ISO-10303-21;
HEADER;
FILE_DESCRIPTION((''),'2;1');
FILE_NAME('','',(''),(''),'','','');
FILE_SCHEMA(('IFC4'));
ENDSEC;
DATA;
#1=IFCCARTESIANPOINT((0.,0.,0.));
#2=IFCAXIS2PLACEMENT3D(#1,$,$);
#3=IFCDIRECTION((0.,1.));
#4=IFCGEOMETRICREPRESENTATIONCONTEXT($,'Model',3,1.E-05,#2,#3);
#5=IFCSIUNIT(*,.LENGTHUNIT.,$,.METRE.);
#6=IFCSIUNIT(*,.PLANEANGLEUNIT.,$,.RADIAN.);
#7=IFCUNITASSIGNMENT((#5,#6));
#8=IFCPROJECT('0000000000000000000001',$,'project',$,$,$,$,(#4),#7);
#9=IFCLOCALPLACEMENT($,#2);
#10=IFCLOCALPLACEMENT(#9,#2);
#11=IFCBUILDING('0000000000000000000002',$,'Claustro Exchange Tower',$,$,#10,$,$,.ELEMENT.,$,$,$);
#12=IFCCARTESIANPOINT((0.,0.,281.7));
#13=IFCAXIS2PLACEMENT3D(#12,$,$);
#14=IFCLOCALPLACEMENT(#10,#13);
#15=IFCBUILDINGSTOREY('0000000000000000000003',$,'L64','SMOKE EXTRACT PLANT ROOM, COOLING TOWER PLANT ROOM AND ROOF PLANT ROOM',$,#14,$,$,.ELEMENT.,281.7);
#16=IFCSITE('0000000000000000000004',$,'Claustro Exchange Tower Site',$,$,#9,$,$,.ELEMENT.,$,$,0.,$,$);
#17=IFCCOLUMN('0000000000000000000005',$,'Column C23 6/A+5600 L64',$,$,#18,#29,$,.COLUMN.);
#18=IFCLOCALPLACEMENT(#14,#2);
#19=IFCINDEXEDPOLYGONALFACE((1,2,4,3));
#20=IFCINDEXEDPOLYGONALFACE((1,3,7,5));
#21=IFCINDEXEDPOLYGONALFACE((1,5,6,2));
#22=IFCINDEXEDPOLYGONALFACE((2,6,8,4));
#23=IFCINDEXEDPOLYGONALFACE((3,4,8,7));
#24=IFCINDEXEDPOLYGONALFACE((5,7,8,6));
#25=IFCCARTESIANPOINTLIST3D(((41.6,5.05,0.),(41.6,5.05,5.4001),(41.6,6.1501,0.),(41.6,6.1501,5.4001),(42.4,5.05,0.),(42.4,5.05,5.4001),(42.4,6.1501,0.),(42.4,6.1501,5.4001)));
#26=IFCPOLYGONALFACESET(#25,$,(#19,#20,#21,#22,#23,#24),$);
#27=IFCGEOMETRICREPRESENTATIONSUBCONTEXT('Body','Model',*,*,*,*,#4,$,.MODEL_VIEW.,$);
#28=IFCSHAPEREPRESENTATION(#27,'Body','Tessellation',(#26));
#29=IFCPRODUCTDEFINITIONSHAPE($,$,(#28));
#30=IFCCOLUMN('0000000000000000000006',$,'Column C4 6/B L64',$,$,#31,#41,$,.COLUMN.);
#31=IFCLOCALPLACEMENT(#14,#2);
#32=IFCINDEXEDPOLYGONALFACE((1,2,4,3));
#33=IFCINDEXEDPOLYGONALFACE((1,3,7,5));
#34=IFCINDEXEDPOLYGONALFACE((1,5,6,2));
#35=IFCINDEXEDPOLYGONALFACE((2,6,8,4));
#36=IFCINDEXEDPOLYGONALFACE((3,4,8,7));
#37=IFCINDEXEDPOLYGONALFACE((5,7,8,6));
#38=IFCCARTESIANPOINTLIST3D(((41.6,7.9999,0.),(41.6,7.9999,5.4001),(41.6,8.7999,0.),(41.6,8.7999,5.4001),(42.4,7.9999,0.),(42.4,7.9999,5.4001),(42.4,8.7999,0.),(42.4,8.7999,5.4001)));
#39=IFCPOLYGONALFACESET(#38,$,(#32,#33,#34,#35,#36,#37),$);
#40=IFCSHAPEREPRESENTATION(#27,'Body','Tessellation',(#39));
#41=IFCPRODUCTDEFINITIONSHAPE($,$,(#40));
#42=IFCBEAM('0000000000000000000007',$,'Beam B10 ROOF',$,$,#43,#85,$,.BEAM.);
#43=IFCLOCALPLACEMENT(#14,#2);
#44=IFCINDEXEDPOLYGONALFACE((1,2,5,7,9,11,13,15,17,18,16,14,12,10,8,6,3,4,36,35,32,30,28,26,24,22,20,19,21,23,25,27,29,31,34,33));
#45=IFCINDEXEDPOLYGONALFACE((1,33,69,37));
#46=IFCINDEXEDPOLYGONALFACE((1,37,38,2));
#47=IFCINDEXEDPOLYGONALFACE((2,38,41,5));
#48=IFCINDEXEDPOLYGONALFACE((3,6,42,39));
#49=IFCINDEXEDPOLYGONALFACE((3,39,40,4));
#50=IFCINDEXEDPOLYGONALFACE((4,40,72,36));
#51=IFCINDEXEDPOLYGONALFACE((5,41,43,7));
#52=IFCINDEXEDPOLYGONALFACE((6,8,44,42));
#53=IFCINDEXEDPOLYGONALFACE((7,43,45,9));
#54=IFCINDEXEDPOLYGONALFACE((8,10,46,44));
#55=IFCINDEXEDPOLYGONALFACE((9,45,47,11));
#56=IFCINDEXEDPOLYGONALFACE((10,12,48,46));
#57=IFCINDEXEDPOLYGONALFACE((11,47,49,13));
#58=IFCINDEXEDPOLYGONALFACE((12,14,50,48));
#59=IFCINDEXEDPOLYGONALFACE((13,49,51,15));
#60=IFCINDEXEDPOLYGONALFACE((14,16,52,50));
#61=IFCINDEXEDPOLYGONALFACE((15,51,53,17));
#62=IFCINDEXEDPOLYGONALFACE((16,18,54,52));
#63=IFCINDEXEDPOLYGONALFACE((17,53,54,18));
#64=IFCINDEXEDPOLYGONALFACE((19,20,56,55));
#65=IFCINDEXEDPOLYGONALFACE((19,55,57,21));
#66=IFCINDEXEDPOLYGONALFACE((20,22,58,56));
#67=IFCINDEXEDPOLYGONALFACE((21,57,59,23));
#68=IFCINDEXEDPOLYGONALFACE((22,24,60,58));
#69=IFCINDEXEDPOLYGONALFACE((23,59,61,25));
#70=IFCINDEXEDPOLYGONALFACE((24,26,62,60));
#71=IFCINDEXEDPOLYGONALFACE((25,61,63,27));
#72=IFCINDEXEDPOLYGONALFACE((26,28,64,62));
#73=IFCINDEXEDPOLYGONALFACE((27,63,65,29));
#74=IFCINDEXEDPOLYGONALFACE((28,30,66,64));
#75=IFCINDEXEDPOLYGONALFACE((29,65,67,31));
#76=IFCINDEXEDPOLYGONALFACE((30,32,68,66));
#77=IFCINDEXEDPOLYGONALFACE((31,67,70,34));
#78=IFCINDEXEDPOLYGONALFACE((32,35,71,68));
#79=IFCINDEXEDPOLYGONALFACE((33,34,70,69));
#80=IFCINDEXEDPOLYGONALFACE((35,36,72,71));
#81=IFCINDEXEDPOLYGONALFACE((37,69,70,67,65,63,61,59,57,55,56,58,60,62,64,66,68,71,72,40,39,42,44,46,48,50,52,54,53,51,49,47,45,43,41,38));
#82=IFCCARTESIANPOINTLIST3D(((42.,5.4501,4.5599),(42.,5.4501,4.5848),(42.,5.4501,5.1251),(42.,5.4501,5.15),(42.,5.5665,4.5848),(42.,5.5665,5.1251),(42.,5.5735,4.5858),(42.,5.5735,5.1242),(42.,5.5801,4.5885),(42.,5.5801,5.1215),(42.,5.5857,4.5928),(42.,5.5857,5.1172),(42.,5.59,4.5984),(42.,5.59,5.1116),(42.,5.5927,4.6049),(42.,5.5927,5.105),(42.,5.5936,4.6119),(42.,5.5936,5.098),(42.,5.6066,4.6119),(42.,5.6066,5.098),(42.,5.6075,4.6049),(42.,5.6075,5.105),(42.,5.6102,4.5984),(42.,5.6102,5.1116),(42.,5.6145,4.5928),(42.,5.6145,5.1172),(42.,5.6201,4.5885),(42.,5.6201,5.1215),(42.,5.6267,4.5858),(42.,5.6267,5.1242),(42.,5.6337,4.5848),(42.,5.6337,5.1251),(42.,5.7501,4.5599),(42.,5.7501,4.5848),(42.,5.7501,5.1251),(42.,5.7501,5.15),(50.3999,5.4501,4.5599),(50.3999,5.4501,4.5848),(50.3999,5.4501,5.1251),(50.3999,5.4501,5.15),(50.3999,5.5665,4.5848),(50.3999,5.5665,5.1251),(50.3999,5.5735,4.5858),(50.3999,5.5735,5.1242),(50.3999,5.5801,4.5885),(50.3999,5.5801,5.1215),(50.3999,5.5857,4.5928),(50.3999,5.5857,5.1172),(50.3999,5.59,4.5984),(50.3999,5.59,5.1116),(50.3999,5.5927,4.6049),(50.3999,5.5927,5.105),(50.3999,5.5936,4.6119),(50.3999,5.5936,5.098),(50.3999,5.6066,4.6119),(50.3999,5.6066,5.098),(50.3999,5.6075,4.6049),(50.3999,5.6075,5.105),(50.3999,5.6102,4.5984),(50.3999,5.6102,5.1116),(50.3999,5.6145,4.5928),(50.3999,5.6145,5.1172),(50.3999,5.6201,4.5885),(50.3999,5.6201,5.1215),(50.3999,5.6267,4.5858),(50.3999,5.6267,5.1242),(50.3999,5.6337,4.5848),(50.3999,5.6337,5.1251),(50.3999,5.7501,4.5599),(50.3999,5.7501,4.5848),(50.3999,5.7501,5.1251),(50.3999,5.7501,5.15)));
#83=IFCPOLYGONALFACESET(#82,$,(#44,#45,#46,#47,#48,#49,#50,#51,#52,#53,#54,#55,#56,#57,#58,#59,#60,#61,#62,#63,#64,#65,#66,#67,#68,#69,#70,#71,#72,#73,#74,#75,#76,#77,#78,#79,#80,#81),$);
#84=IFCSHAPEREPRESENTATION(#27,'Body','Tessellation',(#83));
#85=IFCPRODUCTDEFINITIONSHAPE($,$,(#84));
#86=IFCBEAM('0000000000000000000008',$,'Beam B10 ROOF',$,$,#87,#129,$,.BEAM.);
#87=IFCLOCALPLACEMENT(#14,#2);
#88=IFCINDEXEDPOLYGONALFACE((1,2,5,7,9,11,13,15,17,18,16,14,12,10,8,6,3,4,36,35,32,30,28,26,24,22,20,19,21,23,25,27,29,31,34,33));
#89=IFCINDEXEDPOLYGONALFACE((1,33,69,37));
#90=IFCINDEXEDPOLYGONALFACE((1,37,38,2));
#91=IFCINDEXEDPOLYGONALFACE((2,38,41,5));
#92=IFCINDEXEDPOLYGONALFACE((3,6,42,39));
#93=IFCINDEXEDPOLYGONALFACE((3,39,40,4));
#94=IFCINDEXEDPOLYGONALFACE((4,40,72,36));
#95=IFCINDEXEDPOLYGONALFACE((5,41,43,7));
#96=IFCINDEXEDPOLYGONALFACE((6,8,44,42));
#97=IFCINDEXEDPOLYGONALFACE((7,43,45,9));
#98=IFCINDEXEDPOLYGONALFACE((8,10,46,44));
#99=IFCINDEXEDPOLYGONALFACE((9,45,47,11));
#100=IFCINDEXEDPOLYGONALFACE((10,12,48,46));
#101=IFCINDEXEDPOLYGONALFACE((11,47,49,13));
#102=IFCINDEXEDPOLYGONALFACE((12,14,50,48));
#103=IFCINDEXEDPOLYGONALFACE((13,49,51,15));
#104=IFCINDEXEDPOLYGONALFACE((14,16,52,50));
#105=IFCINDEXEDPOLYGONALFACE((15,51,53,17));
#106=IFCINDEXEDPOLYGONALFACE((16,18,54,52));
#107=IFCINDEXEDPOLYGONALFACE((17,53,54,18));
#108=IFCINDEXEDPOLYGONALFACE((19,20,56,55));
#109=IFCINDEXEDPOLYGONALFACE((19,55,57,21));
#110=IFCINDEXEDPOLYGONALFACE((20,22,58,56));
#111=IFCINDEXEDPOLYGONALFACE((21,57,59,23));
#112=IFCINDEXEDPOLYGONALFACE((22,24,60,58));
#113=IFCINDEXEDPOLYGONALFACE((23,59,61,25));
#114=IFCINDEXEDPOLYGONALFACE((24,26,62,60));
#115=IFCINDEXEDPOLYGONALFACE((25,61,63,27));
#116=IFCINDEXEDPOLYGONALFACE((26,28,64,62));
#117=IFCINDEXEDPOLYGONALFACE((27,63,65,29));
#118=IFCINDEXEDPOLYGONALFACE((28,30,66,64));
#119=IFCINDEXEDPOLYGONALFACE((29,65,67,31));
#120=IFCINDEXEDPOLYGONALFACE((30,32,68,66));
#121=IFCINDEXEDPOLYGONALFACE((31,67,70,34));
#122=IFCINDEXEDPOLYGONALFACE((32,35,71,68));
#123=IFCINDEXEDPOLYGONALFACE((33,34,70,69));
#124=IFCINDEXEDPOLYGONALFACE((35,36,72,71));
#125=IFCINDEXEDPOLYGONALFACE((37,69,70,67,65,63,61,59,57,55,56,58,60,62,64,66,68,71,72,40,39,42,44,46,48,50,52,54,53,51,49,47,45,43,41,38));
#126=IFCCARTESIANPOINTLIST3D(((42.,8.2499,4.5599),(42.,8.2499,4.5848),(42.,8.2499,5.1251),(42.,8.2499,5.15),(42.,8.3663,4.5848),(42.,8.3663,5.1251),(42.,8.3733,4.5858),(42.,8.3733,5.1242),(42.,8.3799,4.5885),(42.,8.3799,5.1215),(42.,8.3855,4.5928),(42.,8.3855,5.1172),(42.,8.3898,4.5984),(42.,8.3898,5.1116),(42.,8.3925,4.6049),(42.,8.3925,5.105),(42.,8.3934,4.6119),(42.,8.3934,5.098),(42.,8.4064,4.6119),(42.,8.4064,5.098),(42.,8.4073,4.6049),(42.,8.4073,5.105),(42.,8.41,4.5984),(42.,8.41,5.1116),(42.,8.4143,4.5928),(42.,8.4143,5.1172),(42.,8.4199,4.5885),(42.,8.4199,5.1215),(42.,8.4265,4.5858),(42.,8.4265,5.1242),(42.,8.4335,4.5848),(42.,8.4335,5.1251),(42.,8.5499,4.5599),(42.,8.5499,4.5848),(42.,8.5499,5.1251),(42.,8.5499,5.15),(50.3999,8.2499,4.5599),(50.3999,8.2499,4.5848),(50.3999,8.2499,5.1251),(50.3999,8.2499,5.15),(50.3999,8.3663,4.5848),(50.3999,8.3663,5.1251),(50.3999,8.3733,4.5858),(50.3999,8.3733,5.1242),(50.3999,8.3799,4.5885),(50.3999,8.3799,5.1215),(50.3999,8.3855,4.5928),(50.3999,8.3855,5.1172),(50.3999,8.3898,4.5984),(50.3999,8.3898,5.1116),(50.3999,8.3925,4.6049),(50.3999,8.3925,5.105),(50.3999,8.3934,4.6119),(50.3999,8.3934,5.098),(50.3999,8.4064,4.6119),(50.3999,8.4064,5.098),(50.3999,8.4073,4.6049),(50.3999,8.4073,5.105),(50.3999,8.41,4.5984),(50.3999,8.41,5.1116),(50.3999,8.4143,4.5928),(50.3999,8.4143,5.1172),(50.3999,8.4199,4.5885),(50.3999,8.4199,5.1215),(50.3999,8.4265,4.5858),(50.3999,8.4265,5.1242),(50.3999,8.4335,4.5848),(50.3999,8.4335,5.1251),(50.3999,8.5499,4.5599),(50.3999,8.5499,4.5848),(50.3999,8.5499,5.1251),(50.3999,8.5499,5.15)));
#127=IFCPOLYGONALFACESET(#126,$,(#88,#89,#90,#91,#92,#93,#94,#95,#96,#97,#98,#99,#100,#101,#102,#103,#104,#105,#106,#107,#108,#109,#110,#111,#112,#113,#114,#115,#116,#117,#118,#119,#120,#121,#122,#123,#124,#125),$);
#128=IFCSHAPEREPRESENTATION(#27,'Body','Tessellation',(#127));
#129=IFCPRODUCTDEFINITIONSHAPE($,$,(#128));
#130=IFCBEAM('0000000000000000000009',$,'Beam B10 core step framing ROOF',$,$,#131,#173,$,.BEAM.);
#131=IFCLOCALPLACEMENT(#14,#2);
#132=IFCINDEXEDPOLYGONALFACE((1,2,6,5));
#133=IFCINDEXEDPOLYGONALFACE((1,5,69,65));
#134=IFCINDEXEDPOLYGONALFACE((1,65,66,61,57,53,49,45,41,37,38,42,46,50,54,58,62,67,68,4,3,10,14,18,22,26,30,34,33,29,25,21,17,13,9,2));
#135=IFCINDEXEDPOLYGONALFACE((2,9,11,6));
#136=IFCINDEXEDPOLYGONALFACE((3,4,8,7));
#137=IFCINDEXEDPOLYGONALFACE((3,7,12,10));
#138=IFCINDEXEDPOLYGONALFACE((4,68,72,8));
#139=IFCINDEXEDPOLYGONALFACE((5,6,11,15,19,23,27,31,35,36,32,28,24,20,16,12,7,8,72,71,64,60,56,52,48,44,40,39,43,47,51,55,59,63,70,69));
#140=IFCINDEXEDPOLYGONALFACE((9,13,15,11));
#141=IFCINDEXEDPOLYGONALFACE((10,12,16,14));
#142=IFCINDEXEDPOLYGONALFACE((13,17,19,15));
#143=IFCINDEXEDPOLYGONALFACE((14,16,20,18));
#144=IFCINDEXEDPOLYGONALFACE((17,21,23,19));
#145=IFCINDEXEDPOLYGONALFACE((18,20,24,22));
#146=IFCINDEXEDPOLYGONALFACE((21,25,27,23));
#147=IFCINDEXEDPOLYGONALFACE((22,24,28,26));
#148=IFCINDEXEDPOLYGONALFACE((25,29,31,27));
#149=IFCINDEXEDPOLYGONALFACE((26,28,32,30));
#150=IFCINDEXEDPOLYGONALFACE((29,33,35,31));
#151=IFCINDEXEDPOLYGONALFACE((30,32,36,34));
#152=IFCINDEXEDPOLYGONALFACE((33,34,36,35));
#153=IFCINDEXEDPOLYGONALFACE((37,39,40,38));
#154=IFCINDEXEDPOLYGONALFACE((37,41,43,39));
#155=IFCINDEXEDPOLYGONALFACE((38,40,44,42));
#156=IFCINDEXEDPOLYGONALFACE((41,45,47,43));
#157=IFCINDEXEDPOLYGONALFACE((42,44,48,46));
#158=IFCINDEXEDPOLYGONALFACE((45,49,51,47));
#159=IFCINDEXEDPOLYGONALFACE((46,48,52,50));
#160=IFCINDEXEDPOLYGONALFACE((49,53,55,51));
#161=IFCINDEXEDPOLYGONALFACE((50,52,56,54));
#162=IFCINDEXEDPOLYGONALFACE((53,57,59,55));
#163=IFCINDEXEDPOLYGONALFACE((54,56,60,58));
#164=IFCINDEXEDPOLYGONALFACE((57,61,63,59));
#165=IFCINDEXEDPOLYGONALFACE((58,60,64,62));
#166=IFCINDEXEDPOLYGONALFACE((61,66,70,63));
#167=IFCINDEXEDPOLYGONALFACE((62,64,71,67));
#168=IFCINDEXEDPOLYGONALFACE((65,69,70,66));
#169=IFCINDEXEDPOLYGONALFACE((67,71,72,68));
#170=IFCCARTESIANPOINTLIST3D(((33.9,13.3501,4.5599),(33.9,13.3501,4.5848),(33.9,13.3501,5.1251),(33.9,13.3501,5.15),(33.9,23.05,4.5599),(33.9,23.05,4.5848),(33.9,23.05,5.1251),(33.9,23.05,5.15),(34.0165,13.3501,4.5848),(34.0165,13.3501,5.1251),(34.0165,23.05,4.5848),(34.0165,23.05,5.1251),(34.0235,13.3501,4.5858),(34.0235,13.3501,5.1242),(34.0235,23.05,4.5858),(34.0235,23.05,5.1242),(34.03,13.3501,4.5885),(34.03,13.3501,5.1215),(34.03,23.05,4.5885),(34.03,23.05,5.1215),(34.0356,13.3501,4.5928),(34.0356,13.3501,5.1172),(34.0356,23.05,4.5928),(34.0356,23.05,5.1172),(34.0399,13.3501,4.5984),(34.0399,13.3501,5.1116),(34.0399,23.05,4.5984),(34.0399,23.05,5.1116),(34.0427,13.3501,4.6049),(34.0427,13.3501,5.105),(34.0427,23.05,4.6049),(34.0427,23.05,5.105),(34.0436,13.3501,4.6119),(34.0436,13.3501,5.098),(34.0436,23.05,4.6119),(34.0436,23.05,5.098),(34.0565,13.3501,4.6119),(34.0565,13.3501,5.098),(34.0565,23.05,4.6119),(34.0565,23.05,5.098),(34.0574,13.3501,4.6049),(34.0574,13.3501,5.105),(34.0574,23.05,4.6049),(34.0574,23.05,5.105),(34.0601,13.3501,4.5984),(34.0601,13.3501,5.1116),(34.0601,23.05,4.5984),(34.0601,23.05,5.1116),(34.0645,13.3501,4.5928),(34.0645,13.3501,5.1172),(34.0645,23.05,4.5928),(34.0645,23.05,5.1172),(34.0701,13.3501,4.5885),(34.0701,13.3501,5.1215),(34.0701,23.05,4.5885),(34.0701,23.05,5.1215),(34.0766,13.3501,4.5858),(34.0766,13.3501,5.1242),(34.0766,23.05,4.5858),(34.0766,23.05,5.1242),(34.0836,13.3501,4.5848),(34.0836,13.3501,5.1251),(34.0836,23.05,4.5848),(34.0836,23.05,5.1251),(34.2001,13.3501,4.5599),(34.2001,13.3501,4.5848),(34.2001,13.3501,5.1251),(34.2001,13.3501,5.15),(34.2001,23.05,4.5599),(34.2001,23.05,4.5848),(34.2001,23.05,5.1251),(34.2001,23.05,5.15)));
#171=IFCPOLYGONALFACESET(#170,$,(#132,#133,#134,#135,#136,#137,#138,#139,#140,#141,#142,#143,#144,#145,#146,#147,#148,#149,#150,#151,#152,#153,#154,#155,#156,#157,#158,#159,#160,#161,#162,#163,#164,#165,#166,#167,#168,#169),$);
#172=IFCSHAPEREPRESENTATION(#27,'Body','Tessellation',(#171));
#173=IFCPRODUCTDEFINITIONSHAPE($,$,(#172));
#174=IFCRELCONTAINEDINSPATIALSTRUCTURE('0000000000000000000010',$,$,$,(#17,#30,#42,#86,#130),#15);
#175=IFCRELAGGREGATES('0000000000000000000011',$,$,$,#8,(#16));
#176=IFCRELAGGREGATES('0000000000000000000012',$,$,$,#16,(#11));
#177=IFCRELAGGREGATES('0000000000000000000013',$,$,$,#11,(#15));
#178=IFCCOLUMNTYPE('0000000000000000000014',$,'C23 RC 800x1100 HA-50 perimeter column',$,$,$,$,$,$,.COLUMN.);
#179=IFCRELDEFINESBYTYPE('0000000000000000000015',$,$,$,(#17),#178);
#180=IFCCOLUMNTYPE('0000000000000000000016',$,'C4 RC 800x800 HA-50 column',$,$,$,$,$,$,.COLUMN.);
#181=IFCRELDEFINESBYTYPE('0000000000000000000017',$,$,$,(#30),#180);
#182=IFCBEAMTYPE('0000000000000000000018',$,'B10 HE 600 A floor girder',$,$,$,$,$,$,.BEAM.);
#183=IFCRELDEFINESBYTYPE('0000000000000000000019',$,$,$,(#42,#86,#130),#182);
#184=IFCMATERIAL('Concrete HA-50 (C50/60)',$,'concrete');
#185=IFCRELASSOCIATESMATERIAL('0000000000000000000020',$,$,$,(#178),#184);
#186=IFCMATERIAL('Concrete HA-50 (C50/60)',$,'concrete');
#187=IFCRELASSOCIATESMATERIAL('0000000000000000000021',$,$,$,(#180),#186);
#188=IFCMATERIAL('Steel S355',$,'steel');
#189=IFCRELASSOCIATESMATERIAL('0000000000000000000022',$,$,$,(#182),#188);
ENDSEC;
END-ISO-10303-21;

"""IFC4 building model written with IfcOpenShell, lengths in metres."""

from ifc_helpers import new_model, si_unit, direction, frame, origin, origin_2d, place, context, subcontext, project, spatial, rectangle, i_section, extrude, material, material_profile, profile_set, type_object, element, save


model = new_model("IFC4")

# Units and contexts
model_context = context("Model", 3, precision=1e-05, world=origin(), true_north=direction((0.0, 1.0)))
body_context = subcontext(model_context, "Body", "Model", "MODEL_VIEW")
ifc_project = project(units=[si_unit("LENGTHUNIT", "METRE"), si_unit("PLANEANGLEUNIT", "RADIAN")], contexts=[model_context])

# Site, building, storey
site_placement = place(None, origin())
site = spatial("IfcSite", under=ifc_project, at=site_placement, Name="Claustro Exchange Tower Site", CompositionType="ELEMENT", RefElevation=0.0)
building_placement = place(site_placement, origin())
building = spatial("IfcBuilding", under=site, at=building_placement, Name="Claustro Exchange Tower", CompositionType="ELEMENT")
storey_placement = place(building_placement, frame((0.0, 0.0, 281.7)))
storey = spatial("IfcBuildingStorey", under=building, at=storey_placement, Name="L64", Description="SMOKE EXTRACT PLANT ROOM, COOLING TOWER PLANT ROOM AND ROOF PLANT ROOM", CompositionType="ELEMENT", Elevation=281.7)

# Columns
ifc_material_1 = material(Name="Concrete HA-50 (C50/60)", Category="concrete")
ifc_material_profile_1 = material_profile(ifc_material_1, rectangle(XDim=0.8, YDim=1.1001, at=origin_2d()), Name="RC 800x1100")
ifc_profile_set_1 = profile_set([ifc_material_profile_1], Name="Concrete HA-50 (C50/60)")
column_type_1 = type_object("IfcColumnType", Name="C23 RC 800x1100 HA-50 perimeter column", PredefinedType="COLUMN", material=ifc_profile_set_1)
column_1_placement = place(storey_placement, frame((42.0, 5.6001, 0.0), z_axis=(0.0, 0.0, 1.0), x_axis=(1.0, 0.0, 0.0)))
element("IfcColumn", 1, at=column_1_placement, inside=storey, type_object=column_type_1, Name="Column C23 6/A+5600 L64", PredefinedType="COLUMN", context=body_context, shape_type="SweptSolid", body=[
    extrude(rectangle(XDim=0.8, YDim=1.1001, at=origin_2d()), origin(), (0.0, 0.0, 1.0), 5.4001),
])
ifc_material_2 = material(Name="Concrete HA-50 (C50/60)", Category="concrete")
ifc_material_profile_2 = material_profile(ifc_material_2, rectangle(XDim=0.8, YDim=0.8, at=origin_2d()), Name="RC 800x800")
ifc_profile_set_2 = profile_set([ifc_material_profile_2], Name="Concrete HA-50 (C50/60)")
column_type_2 = type_object("IfcColumnType", Name="C4 RC 800x800 HA-50 column", PredefinedType="COLUMN", material=ifc_profile_set_2)
column_2_placement = place(storey_placement, frame((42.0, 8.3999, 0.0), z_axis=(0.0, 0.0, 1.0), x_axis=(1.0, 0.0, 0.0)))
element("IfcColumn", 2, at=column_2_placement, inside=storey, type_object=column_type_2, Name="Column C4 6/B L64", PredefinedType="COLUMN", context=body_context, shape_type="SweptSolid", body=[
    extrude(rectangle(XDim=0.8, YDim=0.8, at=origin_2d()), origin(), (0.0, 0.0, 1.0), 5.4001),
])

# Beams
ifc_material_3 = material(Name="Steel S355", Category="steel")
ifc_material_profile_3 = material_profile(ifc_material_3, i_section(OverallWidth=0.3, OverallDepth=0.5901, WebThickness=0.0129, FlangeThickness=0.0249, FilletRadius=0.0271, at=origin_2d()), Name="HE 600 A")
ifc_profile_set_3 = profile_set([ifc_material_profile_3], Name="Steel S355")
beam_type_1 = type_object("IfcBeamType", Name="B10 HE 600 A floor girder", PredefinedType="BEAM", material=ifc_profile_set_3)
for number, where, z_axis, x_axis, name in (
    (3, (42.0, 5.6001, 4.855), (1.0, 0.0, 0.0), (0.0, 1.0, 0.0), "Beam B10 ROOF"),
    (4, (42.0, 8.3999, 4.855), (1.0, 0.0, 0.0), (0.0, 1.0, 0.0), "Beam B10 ROOF"),
):
    element("IfcBeam", number, at=place(storey_placement, frame(where, z_axis=z_axis, x_axis=x_axis)), inside=storey, type_object=beam_type_1, Name=name, PredefinedType="BEAM", context=body_context, shape_type="SweptSolid", body=[
        extrude(i_section(OverallWidth=0.3, OverallDepth=0.5901, WebThickness=0.0129, FlangeThickness=0.0249, FilletRadius=0.0271, at=origin_2d()), origin(), (0.0, 0.0, 1.0), 8.3999),
    ])
beam_1_placement = place(storey_placement, frame((34.05, 13.3501, 4.855), z_axis=(0.0, 1.0, 0.0), x_axis=(-1.0, 0.0, 0.0)))
element("IfcBeam", 5, at=beam_1_placement, inside=storey, type_object=beam_type_1, Name="Beam B10 core step framing ROOF", PredefinedType="BEAM", context=body_context, shape_type="SweptSolid", body=[
    extrude(i_section(OverallWidth=0.3, OverallDepth=0.5901, WebThickness=0.0129, FlangeThickness=0.0249, FilletRadius=0.0271, at=origin_2d()), origin(), (0.0, 0.0, 1.0), 9.7),
])

save(model, "model.ifc")
